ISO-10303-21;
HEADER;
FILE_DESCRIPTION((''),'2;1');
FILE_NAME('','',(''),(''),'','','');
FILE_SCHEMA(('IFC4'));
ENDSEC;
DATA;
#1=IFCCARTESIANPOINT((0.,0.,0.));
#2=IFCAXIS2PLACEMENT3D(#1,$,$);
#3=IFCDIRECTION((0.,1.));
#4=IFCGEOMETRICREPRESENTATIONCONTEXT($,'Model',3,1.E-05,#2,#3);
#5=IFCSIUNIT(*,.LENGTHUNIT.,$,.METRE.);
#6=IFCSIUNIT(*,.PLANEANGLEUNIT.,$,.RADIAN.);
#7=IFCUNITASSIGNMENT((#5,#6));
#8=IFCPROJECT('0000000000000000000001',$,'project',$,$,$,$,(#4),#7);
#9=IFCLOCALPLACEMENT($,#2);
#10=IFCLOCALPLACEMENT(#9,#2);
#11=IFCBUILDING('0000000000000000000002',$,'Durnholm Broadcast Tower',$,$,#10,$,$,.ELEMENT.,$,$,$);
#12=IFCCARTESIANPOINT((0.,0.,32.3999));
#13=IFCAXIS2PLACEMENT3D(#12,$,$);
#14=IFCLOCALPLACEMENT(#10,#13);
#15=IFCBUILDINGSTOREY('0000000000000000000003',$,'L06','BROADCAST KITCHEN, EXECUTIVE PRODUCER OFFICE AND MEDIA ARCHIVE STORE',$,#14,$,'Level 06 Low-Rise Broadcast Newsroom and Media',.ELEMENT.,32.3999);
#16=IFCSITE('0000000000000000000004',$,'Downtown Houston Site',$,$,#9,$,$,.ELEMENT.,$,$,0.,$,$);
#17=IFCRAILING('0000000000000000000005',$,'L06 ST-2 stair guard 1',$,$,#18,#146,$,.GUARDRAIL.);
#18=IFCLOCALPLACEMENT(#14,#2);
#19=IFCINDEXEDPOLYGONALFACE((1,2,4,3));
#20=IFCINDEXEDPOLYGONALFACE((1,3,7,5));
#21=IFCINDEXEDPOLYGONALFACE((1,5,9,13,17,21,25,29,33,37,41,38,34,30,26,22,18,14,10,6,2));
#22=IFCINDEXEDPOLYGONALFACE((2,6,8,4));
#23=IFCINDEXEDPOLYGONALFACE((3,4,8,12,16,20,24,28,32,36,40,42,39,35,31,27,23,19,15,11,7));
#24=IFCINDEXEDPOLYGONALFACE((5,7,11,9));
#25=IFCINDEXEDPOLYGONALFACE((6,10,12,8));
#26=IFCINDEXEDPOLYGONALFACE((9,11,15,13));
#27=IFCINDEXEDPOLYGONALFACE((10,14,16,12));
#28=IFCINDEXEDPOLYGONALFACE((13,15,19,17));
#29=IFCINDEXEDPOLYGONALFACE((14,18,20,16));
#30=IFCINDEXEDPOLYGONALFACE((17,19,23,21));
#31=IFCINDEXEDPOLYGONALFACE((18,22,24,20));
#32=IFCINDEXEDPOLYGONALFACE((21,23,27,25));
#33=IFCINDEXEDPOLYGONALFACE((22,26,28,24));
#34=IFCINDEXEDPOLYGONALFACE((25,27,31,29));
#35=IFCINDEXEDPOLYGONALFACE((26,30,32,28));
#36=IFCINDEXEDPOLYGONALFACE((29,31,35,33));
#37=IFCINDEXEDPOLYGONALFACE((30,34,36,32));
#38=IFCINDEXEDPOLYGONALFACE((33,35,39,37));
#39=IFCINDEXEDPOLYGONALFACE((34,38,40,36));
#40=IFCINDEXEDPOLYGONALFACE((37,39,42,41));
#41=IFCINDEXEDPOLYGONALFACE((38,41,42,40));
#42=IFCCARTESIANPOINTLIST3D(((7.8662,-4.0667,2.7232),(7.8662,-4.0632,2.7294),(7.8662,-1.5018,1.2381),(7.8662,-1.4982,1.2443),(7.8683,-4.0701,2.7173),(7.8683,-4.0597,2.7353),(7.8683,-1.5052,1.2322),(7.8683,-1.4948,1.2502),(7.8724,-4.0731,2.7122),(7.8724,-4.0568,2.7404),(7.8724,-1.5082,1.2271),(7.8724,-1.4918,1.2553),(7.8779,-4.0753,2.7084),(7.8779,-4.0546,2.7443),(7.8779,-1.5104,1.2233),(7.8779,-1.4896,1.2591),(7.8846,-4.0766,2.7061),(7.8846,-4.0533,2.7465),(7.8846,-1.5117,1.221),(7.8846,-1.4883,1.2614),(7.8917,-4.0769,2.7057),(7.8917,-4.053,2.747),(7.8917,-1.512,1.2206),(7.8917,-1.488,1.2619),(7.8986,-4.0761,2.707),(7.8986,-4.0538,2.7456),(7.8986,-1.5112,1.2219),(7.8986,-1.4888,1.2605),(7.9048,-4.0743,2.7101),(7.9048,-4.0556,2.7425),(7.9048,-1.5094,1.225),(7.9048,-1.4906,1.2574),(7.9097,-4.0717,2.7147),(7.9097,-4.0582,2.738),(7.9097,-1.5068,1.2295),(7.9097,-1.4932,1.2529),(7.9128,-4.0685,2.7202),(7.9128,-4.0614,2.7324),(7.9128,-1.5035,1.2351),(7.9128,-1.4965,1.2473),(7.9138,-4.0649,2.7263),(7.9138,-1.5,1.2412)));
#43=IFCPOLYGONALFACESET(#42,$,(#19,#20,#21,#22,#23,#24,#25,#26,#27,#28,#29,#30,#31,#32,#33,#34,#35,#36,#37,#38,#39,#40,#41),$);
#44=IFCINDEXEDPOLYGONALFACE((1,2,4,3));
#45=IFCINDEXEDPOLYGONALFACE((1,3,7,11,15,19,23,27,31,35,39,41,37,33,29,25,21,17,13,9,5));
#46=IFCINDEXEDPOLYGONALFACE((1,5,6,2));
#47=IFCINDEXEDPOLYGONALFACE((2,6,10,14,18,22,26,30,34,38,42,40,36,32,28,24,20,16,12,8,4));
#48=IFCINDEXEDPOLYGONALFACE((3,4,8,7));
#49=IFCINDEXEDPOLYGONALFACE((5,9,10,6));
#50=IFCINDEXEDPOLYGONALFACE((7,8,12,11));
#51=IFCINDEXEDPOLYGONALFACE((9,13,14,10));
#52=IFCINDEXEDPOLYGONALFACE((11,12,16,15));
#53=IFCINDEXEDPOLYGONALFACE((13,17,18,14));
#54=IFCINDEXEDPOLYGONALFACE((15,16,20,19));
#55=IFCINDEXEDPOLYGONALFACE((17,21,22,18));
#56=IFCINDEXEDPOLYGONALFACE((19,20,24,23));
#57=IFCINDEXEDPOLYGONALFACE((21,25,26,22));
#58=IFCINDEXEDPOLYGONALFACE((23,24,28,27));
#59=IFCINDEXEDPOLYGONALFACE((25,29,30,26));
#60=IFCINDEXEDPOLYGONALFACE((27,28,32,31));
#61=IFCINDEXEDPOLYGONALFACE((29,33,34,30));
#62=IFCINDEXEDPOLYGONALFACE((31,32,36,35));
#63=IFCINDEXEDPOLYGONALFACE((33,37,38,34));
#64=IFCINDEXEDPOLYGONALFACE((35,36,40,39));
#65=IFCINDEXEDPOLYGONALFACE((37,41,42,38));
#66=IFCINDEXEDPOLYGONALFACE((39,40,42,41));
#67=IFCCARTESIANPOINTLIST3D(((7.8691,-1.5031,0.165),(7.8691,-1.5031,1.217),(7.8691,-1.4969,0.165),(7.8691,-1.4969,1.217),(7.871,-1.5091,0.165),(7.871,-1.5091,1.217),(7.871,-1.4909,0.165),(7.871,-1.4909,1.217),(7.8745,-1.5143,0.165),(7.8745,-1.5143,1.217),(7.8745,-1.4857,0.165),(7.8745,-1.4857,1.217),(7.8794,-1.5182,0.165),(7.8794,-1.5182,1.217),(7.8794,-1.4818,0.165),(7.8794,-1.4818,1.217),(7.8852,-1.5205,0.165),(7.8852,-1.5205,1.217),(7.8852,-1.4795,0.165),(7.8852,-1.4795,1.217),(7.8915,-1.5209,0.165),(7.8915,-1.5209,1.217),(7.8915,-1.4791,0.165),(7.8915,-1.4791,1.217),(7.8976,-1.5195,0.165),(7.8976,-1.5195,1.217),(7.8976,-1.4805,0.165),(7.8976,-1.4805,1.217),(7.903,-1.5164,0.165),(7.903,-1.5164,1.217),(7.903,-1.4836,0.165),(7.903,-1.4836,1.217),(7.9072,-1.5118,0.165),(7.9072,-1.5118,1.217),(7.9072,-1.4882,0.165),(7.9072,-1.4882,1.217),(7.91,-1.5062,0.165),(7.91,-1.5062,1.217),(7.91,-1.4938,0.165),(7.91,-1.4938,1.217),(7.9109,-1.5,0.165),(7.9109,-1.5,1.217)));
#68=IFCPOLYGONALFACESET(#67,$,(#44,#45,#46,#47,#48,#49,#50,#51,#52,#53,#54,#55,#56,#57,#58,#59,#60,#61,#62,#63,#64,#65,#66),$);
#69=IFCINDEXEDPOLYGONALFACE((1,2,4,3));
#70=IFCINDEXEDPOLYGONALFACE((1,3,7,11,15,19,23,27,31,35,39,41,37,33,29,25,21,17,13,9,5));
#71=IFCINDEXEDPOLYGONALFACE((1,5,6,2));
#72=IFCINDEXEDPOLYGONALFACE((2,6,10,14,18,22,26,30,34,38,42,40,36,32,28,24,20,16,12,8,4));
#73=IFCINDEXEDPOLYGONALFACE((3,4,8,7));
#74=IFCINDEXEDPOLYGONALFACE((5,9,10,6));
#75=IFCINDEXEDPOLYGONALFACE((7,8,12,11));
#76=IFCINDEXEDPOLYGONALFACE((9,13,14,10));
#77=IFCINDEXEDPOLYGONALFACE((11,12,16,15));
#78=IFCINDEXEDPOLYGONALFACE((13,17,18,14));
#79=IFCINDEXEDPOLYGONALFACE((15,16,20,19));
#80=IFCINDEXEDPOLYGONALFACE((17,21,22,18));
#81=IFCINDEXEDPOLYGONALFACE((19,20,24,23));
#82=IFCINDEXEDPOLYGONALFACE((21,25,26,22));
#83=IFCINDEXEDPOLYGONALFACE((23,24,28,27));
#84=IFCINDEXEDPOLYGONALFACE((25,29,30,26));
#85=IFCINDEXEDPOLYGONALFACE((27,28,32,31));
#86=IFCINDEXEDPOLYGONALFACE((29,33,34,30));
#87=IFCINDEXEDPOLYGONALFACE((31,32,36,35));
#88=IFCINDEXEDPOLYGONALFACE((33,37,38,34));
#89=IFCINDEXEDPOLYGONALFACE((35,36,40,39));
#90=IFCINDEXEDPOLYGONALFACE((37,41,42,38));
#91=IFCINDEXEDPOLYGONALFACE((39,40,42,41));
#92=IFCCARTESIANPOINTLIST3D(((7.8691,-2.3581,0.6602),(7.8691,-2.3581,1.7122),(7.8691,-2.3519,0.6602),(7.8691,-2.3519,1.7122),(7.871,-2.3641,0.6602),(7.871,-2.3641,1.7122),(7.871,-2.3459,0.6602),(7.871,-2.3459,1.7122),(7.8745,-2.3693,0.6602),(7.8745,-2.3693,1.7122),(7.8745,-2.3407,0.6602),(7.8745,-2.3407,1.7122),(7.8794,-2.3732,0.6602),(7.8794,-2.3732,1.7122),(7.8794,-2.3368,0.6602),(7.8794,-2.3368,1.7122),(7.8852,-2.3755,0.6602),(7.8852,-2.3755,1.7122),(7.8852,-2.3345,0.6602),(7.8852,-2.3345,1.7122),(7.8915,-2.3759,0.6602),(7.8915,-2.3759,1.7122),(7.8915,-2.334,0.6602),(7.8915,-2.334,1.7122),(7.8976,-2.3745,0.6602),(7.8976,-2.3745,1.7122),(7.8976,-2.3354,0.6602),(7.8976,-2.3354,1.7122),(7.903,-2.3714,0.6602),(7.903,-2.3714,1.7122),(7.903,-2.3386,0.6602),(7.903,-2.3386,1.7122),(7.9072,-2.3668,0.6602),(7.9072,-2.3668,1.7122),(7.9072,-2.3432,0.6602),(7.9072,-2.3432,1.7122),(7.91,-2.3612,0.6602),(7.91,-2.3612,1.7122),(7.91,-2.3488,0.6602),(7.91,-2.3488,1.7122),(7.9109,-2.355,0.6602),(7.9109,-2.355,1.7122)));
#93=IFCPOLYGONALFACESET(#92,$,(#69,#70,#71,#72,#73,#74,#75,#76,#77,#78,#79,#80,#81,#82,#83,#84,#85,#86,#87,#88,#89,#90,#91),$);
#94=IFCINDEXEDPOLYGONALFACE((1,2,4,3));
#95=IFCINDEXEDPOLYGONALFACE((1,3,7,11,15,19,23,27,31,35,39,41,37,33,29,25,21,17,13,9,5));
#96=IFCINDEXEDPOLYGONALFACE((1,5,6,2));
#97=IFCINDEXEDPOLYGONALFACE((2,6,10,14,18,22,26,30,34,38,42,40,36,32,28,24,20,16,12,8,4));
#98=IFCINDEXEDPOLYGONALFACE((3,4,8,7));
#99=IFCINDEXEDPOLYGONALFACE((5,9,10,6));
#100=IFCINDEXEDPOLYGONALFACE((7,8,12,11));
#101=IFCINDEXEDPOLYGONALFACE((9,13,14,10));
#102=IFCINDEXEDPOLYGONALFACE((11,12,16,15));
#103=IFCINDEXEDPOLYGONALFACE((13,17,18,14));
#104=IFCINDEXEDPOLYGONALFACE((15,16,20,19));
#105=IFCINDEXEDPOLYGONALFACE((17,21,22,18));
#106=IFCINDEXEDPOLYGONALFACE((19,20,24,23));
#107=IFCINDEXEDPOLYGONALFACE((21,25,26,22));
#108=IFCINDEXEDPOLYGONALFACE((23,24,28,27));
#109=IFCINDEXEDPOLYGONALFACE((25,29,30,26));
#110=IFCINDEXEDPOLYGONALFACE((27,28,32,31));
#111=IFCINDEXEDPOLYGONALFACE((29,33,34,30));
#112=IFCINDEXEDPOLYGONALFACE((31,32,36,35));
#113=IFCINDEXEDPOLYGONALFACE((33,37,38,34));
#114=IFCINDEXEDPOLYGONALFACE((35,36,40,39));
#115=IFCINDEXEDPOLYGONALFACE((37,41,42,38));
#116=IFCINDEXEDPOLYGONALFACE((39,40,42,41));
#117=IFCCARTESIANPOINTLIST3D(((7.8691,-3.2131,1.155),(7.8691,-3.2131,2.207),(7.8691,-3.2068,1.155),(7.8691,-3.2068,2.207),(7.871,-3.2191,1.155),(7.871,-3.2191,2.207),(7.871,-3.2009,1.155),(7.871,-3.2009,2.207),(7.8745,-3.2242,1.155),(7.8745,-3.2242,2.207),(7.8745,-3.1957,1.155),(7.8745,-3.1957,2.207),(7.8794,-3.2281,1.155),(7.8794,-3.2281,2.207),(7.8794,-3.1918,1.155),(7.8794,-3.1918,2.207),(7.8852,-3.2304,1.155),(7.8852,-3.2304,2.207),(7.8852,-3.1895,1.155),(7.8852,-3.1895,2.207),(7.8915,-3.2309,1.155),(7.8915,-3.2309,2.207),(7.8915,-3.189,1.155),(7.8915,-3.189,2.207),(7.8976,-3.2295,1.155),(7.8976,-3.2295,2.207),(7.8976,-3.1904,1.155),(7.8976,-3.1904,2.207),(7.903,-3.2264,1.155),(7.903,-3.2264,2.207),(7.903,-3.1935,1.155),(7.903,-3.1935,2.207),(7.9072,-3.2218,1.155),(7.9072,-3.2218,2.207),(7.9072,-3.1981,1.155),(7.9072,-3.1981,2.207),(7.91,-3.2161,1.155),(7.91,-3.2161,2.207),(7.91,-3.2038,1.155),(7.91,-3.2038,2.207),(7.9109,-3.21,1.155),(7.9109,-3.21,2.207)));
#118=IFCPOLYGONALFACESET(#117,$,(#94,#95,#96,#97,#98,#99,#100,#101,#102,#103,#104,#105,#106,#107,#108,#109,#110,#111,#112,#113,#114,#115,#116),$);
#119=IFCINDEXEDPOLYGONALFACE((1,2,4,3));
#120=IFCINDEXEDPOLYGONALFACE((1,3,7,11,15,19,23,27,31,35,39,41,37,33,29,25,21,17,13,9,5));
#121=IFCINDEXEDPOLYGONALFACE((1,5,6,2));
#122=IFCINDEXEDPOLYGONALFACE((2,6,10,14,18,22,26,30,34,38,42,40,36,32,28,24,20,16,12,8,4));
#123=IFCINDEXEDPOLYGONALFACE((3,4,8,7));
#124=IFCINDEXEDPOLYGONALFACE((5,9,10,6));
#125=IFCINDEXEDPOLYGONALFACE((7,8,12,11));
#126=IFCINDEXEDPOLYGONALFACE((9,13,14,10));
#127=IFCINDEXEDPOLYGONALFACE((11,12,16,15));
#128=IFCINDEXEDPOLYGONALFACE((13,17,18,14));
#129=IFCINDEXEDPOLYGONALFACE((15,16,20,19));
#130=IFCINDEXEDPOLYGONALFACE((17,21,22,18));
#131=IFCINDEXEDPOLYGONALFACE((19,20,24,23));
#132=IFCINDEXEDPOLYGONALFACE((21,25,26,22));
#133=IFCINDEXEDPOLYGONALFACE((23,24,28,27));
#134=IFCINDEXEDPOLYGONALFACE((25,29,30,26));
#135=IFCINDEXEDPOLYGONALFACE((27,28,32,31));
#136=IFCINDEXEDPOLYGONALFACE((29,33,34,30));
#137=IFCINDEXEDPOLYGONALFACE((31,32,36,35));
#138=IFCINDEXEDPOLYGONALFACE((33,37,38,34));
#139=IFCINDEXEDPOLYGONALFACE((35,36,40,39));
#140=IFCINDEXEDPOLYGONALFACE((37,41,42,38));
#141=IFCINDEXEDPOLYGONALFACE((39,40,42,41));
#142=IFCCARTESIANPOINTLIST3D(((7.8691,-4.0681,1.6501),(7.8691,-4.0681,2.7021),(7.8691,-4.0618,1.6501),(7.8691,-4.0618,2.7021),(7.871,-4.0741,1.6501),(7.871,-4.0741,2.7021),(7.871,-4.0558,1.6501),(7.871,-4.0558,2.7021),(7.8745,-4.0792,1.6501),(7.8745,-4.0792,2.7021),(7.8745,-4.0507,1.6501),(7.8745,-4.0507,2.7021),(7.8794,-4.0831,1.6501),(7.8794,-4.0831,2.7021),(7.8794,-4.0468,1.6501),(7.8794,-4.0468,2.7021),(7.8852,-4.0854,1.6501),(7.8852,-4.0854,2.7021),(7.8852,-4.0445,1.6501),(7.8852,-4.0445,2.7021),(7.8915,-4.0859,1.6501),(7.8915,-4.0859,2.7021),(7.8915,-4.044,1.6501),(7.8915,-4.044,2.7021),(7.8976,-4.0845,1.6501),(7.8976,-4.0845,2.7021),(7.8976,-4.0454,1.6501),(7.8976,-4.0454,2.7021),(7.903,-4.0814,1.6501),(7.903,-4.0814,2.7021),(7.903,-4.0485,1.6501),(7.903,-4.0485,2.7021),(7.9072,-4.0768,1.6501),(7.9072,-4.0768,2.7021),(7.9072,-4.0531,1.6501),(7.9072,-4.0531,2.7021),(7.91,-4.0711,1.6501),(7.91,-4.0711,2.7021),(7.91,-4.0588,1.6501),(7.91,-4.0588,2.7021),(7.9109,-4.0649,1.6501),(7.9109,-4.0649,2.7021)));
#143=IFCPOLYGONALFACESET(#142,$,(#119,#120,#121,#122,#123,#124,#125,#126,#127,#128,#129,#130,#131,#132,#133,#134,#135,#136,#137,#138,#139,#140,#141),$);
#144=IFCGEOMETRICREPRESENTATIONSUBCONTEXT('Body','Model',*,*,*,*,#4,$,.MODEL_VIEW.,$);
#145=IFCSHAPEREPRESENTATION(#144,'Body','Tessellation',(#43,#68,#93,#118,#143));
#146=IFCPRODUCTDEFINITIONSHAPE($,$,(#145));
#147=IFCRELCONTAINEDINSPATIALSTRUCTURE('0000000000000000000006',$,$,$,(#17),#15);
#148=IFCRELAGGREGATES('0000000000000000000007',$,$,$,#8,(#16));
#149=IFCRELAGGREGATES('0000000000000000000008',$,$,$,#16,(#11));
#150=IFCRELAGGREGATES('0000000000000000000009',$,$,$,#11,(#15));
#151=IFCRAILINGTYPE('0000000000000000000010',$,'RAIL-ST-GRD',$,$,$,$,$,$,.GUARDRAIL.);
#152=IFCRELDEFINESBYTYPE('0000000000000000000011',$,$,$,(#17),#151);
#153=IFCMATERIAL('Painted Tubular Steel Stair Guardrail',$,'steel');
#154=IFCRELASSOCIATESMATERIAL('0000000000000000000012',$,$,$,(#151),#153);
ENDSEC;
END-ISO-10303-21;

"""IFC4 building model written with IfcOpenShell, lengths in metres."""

from ifc_helpers import new_model, si_unit, direction, frame, origin, origin_2d, place, context, subcontext, project, spatial, circle, extrude, material, type_object, element, save


model = new_model("IFC4")

# Units and contexts
model_context = context("Model", 3, precision=1e-05, world=origin(), true_north=direction((0.0, 1.0)))
body_context = subcontext(model_context, "Body", "Model", "MODEL_VIEW")
ifc_project = project(units=[si_unit("LENGTHUNIT", "METRE"), si_unit("PLANEANGLEUNIT", "RADIAN")], contexts=[model_context])

# Site, building, storey
site_placement = place(None, origin())
site = spatial("IfcSite", under=ifc_project, at=site_placement, Name="Downtown Houston Site", CompositionType="ELEMENT", RefElevation=0.0)
building_placement = place(site_placement, origin())
building = spatial("IfcBuilding", under=site, at=building_placement, Name="Durnholm Broadcast Tower", CompositionType="ELEMENT")
storey_placement = place(building_placement, frame((0.0, 0.0, 32.3999)))
storey = spatial("IfcBuildingStorey", under=building, at=storey_placement, Name="L06", Description="BROADCAST KITCHEN, EXECUTIVE PRODUCER OFFICE AND MEDIA ARCHIVE STORE", LongName="Level 06 Low-Rise Broadcast Newsroom and Media", CompositionType="ELEMENT", Elevation=32.3999)

# Railing
ifc_material_1 = material(Name="Painted Tubular Steel Stair Guardrail", Category="steel")
railing_type_1 = type_object("IfcRailingType", Name="RAIL-ST-GRD", PredefinedType="GUARDRAIL", material=ifc_material_1)
railing_1_placement = place(storey_placement, frame((7.8899, -1.5, 0.165)))
element("IfcRailing", 1, at=railing_1_placement, inside=storey, type_object=railing_type_1, Name="L06 ST-2 stair guard 1", PredefinedType="GUARDRAIL", context=body_context, shape_type="SweptSolid", body=[
    extrude(circle(Radius=0.0239, at=origin_2d()), frame((0.0, 0.0, 1.0762), z_axis=(0.0, -0.865406, 0.501072), x_axis=(1.0, 0.0, 0.0)), (0.0, 0.0, 1.0), 2.9639),
    extrude(circle(Radius=0.021, at=origin_2d()), origin(), (0.0, 0.0, 1.0), 1.052),
    extrude(circle(Radius=0.021, at=origin_2d()), frame((0.0, -0.855, 0.4951)), (0.0, 0.0, 1.0), 1.052),
    extrude(circle(Radius=0.021, at=origin_2d()), frame((0.0, -1.71, 0.99)), (0.0, 0.0, 1.0), 1.052),
    extrude(circle(Radius=0.021, at=origin_2d()), frame((0.0, -2.5649, 1.4851)), (0.0, 0.0, 1.0), 1.052),
])

save(model, "model.ifc")
